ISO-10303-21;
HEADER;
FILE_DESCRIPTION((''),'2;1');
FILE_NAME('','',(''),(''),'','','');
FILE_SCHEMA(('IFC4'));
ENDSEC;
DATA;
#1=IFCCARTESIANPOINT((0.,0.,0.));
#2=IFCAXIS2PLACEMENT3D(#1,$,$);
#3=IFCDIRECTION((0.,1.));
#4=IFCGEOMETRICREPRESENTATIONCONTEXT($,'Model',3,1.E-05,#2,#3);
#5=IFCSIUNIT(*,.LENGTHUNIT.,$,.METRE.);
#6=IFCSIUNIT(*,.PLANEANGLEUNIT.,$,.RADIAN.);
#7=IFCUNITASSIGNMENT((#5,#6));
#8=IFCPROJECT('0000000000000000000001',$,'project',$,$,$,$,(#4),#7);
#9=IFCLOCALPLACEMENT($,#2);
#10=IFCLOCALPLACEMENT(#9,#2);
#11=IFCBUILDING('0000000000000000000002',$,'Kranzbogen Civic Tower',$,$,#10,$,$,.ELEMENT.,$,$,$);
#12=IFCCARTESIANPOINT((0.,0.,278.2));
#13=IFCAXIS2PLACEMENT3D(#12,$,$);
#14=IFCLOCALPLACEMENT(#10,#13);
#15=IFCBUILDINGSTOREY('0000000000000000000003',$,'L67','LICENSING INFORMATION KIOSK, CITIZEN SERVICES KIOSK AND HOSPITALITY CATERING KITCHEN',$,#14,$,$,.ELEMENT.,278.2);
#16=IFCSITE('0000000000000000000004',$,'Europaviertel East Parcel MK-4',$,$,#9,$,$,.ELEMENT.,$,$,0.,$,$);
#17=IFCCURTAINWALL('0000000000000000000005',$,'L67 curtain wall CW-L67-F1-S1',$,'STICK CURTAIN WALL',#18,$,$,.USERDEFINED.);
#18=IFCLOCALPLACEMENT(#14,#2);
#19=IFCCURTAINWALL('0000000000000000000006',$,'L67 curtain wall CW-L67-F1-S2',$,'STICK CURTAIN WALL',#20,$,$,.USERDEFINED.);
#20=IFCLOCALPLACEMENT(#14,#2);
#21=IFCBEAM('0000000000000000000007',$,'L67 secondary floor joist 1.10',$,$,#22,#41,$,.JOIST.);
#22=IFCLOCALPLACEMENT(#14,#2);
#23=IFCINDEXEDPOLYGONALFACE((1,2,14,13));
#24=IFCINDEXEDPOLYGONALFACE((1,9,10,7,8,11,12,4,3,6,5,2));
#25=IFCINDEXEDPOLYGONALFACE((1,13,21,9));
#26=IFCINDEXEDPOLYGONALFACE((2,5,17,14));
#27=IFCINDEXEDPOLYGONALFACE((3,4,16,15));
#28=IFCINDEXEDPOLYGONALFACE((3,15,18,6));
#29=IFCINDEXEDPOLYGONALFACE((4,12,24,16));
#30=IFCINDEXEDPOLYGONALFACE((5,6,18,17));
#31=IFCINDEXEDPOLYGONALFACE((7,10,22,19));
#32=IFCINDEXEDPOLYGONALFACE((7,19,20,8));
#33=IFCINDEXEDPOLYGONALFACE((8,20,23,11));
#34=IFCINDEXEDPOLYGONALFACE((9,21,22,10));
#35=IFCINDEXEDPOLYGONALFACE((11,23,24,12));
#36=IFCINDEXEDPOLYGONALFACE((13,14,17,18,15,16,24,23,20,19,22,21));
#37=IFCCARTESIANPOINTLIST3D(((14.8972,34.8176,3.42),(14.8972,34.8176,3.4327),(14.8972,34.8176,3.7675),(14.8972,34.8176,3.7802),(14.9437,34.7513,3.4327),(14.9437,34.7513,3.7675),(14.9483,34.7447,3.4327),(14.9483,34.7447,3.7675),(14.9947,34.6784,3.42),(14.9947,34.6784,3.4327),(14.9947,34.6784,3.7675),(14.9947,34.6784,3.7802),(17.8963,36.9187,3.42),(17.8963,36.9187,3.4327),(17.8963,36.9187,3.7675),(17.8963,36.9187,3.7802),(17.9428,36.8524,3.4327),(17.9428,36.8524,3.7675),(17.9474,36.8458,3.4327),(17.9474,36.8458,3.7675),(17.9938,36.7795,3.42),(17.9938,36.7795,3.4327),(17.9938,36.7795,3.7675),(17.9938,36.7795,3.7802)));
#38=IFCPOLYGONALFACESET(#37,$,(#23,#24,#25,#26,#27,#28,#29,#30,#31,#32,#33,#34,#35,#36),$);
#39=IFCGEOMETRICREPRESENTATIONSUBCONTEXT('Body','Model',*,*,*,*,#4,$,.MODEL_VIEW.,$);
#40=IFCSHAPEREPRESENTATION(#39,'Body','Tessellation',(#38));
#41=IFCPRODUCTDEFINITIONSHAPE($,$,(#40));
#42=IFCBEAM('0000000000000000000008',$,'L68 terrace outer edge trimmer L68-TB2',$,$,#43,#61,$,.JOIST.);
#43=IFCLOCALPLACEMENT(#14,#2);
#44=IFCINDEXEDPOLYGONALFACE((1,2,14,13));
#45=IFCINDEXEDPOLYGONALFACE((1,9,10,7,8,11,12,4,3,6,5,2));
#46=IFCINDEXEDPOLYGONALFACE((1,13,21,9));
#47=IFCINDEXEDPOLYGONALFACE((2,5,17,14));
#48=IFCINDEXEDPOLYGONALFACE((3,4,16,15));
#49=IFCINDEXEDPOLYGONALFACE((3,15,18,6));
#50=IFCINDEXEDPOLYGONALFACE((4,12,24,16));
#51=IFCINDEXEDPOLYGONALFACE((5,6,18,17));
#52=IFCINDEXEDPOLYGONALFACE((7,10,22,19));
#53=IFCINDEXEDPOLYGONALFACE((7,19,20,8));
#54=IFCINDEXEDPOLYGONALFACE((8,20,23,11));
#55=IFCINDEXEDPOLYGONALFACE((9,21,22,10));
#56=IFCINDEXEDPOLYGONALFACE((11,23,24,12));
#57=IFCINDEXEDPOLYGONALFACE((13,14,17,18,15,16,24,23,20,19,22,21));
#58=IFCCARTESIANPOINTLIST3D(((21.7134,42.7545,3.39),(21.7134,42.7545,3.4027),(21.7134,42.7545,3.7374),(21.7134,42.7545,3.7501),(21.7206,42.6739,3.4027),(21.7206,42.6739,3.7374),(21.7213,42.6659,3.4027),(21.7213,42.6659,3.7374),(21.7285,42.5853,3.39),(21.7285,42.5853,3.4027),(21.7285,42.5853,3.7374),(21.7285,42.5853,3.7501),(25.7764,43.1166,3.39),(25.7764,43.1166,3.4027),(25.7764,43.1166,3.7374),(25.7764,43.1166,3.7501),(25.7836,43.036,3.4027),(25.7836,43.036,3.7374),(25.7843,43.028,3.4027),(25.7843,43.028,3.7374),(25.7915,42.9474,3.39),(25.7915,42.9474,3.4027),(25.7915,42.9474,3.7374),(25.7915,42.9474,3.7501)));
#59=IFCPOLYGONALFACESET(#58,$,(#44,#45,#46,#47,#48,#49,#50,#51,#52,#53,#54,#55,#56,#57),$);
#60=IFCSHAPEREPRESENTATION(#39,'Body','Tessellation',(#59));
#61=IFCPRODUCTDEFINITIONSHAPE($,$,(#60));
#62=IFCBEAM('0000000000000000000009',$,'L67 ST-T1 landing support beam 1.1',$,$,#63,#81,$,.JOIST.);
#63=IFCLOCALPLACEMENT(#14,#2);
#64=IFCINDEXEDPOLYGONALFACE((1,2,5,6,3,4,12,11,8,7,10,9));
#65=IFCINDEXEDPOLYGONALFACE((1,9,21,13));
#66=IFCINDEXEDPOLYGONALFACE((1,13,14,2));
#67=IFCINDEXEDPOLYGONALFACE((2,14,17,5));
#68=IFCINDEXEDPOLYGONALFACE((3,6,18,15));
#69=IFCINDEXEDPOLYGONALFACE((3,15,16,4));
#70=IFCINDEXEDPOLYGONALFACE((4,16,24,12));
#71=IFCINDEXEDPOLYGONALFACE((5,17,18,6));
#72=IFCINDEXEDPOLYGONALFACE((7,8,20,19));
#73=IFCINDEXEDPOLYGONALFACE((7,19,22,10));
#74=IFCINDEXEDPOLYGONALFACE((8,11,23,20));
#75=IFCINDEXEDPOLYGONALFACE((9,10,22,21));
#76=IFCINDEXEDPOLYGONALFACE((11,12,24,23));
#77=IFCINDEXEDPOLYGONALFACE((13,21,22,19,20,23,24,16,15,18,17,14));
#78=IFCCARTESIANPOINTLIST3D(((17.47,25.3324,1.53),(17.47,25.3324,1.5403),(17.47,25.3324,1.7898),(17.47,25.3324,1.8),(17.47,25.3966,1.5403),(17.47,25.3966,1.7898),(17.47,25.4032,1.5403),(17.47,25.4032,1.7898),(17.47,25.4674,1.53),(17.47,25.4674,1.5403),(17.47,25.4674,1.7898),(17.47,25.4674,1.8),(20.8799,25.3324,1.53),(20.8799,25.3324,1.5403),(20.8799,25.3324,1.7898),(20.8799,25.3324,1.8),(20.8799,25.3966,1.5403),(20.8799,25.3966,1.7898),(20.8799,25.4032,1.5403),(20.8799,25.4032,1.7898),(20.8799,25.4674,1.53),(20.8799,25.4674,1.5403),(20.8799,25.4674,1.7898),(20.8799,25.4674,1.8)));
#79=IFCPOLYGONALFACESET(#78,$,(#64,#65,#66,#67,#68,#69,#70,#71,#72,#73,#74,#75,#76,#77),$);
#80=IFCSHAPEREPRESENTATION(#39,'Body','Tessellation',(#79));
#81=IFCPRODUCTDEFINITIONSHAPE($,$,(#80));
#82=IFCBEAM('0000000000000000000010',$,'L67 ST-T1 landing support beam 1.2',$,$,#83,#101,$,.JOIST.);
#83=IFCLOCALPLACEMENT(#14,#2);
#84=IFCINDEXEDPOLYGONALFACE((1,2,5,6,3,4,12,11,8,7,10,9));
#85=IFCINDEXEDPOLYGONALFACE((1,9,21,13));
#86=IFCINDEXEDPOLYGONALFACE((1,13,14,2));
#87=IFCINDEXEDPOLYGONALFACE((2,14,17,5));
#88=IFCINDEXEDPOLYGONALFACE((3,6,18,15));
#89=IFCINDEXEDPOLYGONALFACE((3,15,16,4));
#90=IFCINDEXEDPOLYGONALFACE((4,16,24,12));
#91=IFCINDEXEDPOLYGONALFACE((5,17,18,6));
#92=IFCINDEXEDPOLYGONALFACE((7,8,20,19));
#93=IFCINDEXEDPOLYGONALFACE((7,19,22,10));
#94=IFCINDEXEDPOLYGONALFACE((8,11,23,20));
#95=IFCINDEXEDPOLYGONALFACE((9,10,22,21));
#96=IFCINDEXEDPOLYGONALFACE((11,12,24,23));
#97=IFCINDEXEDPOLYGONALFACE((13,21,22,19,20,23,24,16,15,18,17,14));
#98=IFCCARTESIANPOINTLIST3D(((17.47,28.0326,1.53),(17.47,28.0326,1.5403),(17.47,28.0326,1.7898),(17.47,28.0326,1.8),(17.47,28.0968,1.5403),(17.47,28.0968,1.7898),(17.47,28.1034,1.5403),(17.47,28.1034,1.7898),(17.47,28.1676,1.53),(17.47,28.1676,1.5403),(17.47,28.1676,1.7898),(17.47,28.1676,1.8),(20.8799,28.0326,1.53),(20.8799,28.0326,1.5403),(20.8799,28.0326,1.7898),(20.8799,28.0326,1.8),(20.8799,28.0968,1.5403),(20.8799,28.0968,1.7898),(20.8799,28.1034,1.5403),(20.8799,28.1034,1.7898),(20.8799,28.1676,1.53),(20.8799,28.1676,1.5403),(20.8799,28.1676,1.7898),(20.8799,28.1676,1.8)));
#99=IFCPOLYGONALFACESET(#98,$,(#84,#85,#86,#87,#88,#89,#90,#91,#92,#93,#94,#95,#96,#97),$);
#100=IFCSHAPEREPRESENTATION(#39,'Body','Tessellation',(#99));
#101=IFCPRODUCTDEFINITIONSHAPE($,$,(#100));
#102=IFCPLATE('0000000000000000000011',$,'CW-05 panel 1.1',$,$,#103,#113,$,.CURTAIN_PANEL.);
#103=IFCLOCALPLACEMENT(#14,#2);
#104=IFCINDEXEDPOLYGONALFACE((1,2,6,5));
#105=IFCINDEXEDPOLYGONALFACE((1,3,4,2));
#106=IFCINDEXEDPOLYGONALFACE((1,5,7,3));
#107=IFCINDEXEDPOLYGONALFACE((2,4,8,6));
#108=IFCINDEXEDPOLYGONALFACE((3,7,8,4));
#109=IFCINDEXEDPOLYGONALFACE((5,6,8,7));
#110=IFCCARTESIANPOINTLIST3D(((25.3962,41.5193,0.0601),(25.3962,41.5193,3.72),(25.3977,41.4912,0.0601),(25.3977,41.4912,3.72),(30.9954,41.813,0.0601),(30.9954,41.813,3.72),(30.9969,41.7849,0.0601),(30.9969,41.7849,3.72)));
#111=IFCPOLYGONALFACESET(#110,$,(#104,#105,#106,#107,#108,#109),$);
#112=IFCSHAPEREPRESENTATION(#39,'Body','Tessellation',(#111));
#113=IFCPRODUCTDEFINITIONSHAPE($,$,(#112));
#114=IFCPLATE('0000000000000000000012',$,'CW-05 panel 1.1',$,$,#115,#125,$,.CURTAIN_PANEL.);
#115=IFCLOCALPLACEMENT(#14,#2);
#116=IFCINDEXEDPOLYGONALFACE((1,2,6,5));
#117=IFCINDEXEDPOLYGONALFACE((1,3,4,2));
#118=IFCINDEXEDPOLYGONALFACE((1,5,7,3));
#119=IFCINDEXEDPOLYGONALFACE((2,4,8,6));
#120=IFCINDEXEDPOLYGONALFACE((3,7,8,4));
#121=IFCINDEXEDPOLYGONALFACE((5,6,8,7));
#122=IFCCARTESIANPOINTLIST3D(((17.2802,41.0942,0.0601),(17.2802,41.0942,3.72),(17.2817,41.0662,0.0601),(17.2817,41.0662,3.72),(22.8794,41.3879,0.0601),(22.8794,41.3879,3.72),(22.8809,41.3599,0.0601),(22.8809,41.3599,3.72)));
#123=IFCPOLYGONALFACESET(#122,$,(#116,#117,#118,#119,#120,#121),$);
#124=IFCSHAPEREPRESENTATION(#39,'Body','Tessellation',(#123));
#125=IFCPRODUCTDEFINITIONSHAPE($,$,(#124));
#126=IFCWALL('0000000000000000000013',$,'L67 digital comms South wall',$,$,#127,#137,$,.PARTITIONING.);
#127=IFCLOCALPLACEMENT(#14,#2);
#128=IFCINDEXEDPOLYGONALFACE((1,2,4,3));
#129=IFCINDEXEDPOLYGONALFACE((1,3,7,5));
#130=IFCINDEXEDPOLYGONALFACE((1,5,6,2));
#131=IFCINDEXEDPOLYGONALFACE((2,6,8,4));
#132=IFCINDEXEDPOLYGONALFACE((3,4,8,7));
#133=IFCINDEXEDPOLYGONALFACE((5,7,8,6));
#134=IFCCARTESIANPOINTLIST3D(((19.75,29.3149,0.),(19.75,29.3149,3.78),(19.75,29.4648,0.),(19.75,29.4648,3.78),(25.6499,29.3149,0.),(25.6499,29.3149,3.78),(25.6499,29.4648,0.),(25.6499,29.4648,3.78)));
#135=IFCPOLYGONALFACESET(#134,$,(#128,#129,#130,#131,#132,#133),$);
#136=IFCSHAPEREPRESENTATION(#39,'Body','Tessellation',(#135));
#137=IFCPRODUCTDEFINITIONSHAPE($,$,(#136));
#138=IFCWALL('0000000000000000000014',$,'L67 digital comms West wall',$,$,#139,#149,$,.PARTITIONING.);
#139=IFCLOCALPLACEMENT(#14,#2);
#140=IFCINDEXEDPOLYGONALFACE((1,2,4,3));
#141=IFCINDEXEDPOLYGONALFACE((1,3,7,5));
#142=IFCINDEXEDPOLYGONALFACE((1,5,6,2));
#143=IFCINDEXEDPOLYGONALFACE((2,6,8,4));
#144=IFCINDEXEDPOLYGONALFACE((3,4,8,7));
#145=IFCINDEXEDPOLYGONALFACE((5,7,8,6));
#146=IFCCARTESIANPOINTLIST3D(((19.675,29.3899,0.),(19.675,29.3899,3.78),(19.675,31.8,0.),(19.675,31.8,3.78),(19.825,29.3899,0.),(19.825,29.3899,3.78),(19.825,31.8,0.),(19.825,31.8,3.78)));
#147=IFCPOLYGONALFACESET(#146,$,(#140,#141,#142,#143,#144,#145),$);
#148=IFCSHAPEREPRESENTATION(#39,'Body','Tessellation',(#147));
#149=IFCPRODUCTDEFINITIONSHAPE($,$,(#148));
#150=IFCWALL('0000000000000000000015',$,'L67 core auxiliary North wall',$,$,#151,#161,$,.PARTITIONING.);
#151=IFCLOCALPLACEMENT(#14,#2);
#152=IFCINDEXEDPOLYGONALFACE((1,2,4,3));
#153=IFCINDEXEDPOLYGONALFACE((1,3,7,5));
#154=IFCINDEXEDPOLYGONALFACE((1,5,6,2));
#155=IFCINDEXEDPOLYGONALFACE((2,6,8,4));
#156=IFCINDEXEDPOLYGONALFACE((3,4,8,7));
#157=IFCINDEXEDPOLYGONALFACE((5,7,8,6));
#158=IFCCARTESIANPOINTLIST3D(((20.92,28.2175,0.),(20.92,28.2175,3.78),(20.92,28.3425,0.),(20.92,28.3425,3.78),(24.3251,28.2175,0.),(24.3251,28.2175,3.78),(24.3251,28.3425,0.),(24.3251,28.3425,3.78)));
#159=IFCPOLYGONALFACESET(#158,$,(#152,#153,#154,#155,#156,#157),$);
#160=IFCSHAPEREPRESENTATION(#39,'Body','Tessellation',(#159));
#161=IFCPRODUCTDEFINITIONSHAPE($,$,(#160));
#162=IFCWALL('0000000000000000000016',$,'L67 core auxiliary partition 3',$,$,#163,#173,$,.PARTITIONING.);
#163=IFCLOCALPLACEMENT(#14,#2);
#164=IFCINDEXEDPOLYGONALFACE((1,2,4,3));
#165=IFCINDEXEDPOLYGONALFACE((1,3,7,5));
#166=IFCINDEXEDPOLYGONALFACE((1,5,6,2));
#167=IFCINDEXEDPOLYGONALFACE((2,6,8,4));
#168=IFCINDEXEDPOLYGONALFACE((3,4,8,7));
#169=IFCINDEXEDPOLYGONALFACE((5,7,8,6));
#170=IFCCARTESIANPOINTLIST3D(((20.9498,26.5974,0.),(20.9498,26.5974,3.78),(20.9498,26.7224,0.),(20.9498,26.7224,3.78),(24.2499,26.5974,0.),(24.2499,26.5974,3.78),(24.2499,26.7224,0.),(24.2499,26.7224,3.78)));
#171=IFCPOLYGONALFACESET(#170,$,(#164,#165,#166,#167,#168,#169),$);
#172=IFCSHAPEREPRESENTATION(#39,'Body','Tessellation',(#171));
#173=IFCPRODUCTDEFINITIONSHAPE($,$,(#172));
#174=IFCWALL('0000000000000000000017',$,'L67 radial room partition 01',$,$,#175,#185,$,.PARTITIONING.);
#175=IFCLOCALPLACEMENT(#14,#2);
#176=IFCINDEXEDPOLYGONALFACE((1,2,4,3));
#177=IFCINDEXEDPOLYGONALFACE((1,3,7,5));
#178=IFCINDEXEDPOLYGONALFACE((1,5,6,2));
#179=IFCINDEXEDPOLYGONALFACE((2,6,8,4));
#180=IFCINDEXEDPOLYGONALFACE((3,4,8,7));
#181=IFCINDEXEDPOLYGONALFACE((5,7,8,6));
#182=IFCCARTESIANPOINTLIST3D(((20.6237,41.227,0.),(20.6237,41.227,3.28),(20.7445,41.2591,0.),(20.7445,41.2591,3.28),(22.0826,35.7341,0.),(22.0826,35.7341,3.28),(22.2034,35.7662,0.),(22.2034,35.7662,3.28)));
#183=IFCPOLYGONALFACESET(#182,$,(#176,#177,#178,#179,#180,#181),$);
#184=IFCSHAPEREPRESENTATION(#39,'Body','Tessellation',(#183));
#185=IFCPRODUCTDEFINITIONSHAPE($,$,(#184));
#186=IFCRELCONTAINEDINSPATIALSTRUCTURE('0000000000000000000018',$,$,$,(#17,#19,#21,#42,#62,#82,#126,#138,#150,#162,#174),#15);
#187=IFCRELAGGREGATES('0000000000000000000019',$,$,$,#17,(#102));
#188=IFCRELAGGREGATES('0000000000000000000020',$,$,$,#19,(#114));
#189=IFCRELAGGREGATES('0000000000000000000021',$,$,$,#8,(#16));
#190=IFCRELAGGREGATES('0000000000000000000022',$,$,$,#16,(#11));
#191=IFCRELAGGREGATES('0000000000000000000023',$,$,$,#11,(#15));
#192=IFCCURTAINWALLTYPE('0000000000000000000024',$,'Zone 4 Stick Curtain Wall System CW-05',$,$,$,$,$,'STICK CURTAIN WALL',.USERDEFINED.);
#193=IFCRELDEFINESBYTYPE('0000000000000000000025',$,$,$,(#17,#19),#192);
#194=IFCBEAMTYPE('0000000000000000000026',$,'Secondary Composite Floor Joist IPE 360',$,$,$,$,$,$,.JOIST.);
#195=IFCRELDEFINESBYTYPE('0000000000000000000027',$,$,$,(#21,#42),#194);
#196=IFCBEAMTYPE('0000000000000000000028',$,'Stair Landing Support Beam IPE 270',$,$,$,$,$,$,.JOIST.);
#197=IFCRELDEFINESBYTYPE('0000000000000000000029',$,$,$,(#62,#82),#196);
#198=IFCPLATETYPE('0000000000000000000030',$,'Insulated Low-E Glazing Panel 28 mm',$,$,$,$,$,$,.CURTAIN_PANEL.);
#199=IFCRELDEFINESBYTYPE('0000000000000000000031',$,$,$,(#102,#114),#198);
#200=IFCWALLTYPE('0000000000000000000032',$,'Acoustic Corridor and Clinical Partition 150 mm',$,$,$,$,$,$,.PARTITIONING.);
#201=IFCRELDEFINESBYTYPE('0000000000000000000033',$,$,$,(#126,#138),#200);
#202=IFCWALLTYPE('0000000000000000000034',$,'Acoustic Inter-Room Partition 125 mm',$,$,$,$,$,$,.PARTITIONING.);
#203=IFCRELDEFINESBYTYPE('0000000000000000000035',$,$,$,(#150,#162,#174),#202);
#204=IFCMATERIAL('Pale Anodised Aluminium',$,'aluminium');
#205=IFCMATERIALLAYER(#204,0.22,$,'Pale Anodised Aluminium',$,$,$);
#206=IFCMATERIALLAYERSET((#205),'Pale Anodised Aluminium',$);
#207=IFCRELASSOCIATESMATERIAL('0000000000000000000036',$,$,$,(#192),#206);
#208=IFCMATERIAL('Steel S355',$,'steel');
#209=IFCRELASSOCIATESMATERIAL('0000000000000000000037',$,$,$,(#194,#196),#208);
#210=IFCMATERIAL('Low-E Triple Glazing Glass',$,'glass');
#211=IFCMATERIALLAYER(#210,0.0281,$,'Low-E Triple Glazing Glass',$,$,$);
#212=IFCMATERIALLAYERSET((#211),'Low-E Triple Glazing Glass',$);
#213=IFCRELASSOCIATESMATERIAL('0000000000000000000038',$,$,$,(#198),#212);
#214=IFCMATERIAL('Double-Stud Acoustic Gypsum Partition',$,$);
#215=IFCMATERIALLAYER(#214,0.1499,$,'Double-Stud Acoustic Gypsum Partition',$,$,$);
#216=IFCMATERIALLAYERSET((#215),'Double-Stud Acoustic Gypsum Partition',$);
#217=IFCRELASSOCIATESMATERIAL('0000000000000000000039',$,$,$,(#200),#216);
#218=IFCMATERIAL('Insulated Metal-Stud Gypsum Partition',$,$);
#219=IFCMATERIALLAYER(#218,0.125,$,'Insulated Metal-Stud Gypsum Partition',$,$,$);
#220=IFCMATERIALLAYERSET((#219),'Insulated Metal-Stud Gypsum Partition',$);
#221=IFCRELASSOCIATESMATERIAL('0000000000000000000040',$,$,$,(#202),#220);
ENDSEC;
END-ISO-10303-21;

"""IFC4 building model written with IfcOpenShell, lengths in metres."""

from ifc_helpers import new_model, si_unit, direction, frame, frame_2d, origin, origin_2d, place, context, subcontext, project, spatial, rectangle, i_section, extrude, material, layer, layer_set, material_profile, profile_set, type_object, element, aggregate, save


model = new_model("IFC4")

# Units and contexts
model_context = context("Model", 3, precision=1e-05, world=origin(), true_north=direction((0.0, 1.0)))
body_context = subcontext(model_context, "Body", "Model", "MODEL_VIEW")
ifc_project = project(units=[si_unit("LENGTHUNIT", "METRE"), si_unit("PLANEANGLEUNIT", "RADIAN")], contexts=[model_context])

# Site, building, storey
site_placement = place(None, origin())
site = spatial("IfcSite", under=ifc_project, at=site_placement, Name="Europaviertel East Parcel MK-4", CompositionType="ELEMENT", RefElevation=0.0)
building_placement = place(site_placement, origin())
building = spatial("IfcBuilding", under=site, at=building_placement, Name="Kranzbogen Civic Tower", CompositionType="ELEMENT")
storey_placement = place(building_placement, frame((0.0, 0.0, 278.2)))
storey = spatial("IfcBuildingStorey", under=building, at=storey_placement, Name="L67", Description="LICENSING INFORMATION KIOSK, CITIZEN SERVICES KIOSK AND HOSPITALITY CATERING KITCHEN", CompositionType="ELEMENT", Elevation=278.2)

# Shared definitions
ifc_material_1 = material(Name="Steel S355", Category="steel")

# Curtain wall
ifc_material_2 = material(Name="Pale Anodised Aluminium", Category="aluminium")
ifc_layer_1 = layer(ifc_material_2, 0.22, Name="Pale Anodised Aluminium")
ifc_layer_set_1 = layer_set([ifc_layer_1], Name="Pale Anodised Aluminium")
curtain_wall_type = type_object("IfcCurtainWallType", Name="Zone 4 Stick Curtain Wall System CW-05", ElementType="STICK CURTAIN WALL", PredefinedType="USERDEFINED", material=ifc_layer_set_1)
curtain_wall_1_placement = place(storey_placement, origin())
curtain_wall_1 = element("IfcCurtainWall", 1, at=curtain_wall_1_placement, inside=storey, type_object=curtain_wall_type, Name="L67 curtain wall CW-L67-F1-S1", ObjectType="STICK CURTAIN WALL", PredefinedType="USERDEFINED")

# Curtain wall
curtain_wall_2_placement = place(storey_placement, origin())
curtain_wall_2 = element("IfcCurtainWall", 2, at=curtain_wall_2_placement, inside=storey, type_object=curtain_wall_type, Name="L67 curtain wall CW-L67-F1-S2", ObjectType="STICK CURTAIN WALL", PredefinedType="USERDEFINED")

# Beams
ifc_material_profile_1 = material_profile(ifc_material_1, i_section(OverallWidth=0.1699, OverallDepth=0.3601, WebThickness=0.0081, FlangeThickness=0.0127, at=origin_2d()), Name="IPE 360")
ifc_profile_set_1 = profile_set([ifc_material_profile_1], Name="Steel S355")
beam_type_1 = type_object("IfcBeamType", Name="Secondary Composite Floor Joist IPE 360", PredefinedType="JOIST", material=ifc_profile_set_1)
beam_1_placement = place(storey_placement, frame((17.9451, 36.8491, 3.6001), z_axis=(-0.819006, -0.573784, 0.0), x_axis=(0.573784, -0.819006, 0.0)))
element("IfcBeam", 3, at=beam_1_placement, inside=storey, type_object=beam_type_1, Name="L67 secondary floor joist 1.10", PredefinedType="JOIST", context=body_context, shape_type="SweptSolid", body=[
    extrude(i_section(OverallWidth=0.1699, OverallDepth=0.3601, WebThickness=0.0081, FlangeThickness=0.0127, at=origin_2d()), origin(), (0.0, 0.0, 1.0), 3.6619),
])
beam_2_placement = place(storey_placement, frame((25.7839, 43.032, 3.5701), z_axis=(-0.996053, -0.08876, 0.0), x_axis=(0.08876, -0.996053, 0.0)))
element("IfcBeam", 4, at=beam_2_placement, inside=storey, type_object=beam_type_1, Name="L68 terrace outer edge trimmer L68-TB2", PredefinedType="JOIST", context=body_context, shape_type="SweptSolid", body=[
    extrude(i_section(OverallWidth=0.1699, OverallDepth=0.3601, WebThickness=0.0081, FlangeThickness=0.0127, at=origin_2d()), origin(), (0.0, 0.0, 1.0), 4.0791),
])
ifc_material_profile_2 = material_profile(ifc_material_1, i_section(OverallWidth=0.135, OverallDepth=0.27, WebThickness=0.0066, FlangeThickness=0.0103, at=origin_2d()), Name="IPE 270")
ifc_profile_set_2 = profile_set([ifc_material_profile_2], Name="Steel S355")
beam_type_2 = type_object("IfcBeamType", Name="Stair Landing Support Beam IPE 270", PredefinedType="JOIST", material=ifc_profile_set_2)
for number, where, z_axis, x_axis, name in (
    (5, (20.8799, 25.3999, 1.665), (-1.0, 0.0, 0.0), (0.0, -1.0, 0.0), "L67 ST-T1 landing support beam 1.1"),
    (6, (20.8799, 28.1001, 1.665), (-1.0, 0.0, 0.0), (0.0, -1.0, 0.0), "L67 ST-T1 landing support beam 1.2"),
):
    element("IfcBeam", number, at=place(storey_placement, frame(where, z_axis=z_axis, x_axis=x_axis)), inside=storey, type_object=beam_type_2, Name=name, PredefinedType="JOIST", context=body_context, shape_type="SweptSolid", body=[
        extrude(i_section(OverallWidth=0.135, OverallDepth=0.27, WebThickness=0.0066, FlangeThickness=0.0103, at=origin_2d()), origin(), (0.0, 0.0, 1.0), 3.4099),
    ])

# Plates
ifc_material_3 = material(Name="Low-E Triple Glazing Glass", Category="glass")
ifc_layer_2 = layer(ifc_material_3, 0.0281, Name="Low-E Triple Glazing Glass")
ifc_layer_set_2 = layer_set([ifc_layer_2], Name="Low-E Triple Glazing Glass")
plate_type = type_object("IfcPlateType", Name="Insulated Low-E Glazing Panel 28 mm", PredefinedType="CURTAIN_PANEL", material=ifc_layer_set_2)
plate_1_placement = place(storey_placement, frame((28.1965, 41.6521, 0.0601), z_axis=(0.0, 0.0, 1.0), x_axis=(-0.998627, -0.052385, 0.0)))
plate_1 = element("IfcPlate", 7, at=plate_1_placement, type_object=plate_type, Name="CW-05 panel 1.1", PredefinedType="CURTAIN_PANEL", context=body_context, shape_type="SweptSolid", body=[
    extrude(rectangle(XDim=5.6069, YDim=0.0281, at=origin_2d()), origin(), (0.0, 0.0, 1.0), 3.6599),
])
aggregate(curtain_wall_1, [plate_1])
plate_2_placement = place(storey_placement, frame((20.0806, 41.2271, 0.0601), z_axis=(0.0, 0.0, 1.0), x_axis=(-0.998627, -0.052385, 0.0)))
plate_2 = element("IfcPlate", 8, at=plate_2_placement, type_object=plate_type, Name="CW-05 panel 1.1", PredefinedType="CURTAIN_PANEL", context=body_context, shape_type="SweptSolid", body=[
    extrude(rectangle(XDim=5.6069, YDim=0.0281, at=origin_2d()), origin(), (0.0, 0.0, 1.0), 3.6599),
])
aggregate(curtain_wall_2, [plate_2])

# Walls
ifc_material_4 = material(Name="Double-Stud Acoustic Gypsum Partition")
ifc_layer_3 = layer(ifc_material_4, 0.1499, Name="Double-Stud Acoustic Gypsum Partition")
ifc_layer_set_3 = layer_set([ifc_layer_3], Name="Double-Stud Acoustic Gypsum Partition")
wall_type_1 = type_object("IfcWallType", Name="Acoustic Corridor and Clinical Partition 150 mm", PredefinedType="PARTITIONING", material=ifc_layer_set_3)
wall_1_placement = place(storey_placement, frame((19.75, 29.3899, 0.0), z_axis=(0.0, 0.0, 1.0), x_axis=(1.0, 0.0, 0.0)))
element("IfcWall", 9, at=wall_1_placement, inside=storey, type_object=wall_type_1, Name="L67 digital comms South wall", PredefinedType="PARTITIONING", context=body_context, shape_type="SweptSolid", body=[
    extrude(rectangle(XDim=5.8999, YDim=0.1499, at=frame_2d((2.95, 0.0))), origin(), (0.0, 0.0, 1.0), 3.78),
])
wall_2_placement = place(storey_placement, frame((19.75, 29.3899, 0.0), z_axis=(0.0, 0.0, 1.0), x_axis=(0.0, 1.0, 0.0)))
element("IfcWall", 10, at=wall_2_placement, inside=storey, type_object=wall_type_1, Name="L67 digital comms West wall", PredefinedType="PARTITIONING", context=body_context, shape_type="SweptSolid", body=[
    extrude(rectangle(XDim=2.4102, YDim=0.1499, at=frame_2d((1.2051, 0.0))), origin(), (0.0, 0.0, 1.0), 3.78),
])
ifc_material_5 = material(Name="Insulated Metal-Stud Gypsum Partition")
ifc_layer_4 = layer(ifc_material_5, 0.125, Name="Insulated Metal-Stud Gypsum Partition")
ifc_layer_set_4 = layer_set([ifc_layer_4], Name="Insulated Metal-Stud Gypsum Partition")
wall_type_2 = type_object("IfcWallType", Name="Acoustic Inter-Room Partition 125 mm", PredefinedType="PARTITIONING", material=ifc_layer_set_4)
wall_3_placement = place(storey_placement, frame((20.9199, 28.28, 0.0), z_axis=(0.0, 0.0, 1.0), x_axis=(1.0, 0.0, 0.0)))
element("IfcWall", 11, at=wall_3_placement, inside=storey, type_object=wall_type_2, Name="L67 core auxiliary North wall", PredefinedType="PARTITIONING", context=body_context, shape_type="SweptSolid", body=[
    extrude(rectangle(XDim=3.405, YDim=0.125, at=frame_2d((1.7026, 0.0))), origin(), (0.0, 0.0, 1.0), 3.78),
])
wall_4_placement = place(storey_placement, frame((20.95, 26.6599, 0.0), z_axis=(0.0, 0.0, 1.0), x_axis=(1.0, 0.0, 0.0)))
element("IfcWall", 12, at=wall_4_placement, inside=storey, type_object=wall_type_2, Name="L67 core auxiliary partition 3", PredefinedType="PARTITIONING", context=body_context, shape_type="SweptSolid", body=[
    extrude(rectangle(XDim=3.3, YDim=0.125, at=frame_2d((1.6499, 0.0))), origin(), (0.0, 0.0, 1.0), 3.78),
])
wall_5_placement = place(storey_placement, frame((22.1431, 35.75, 0.0), z_axis=(0.0, 0.0, 1.0), x_axis=(-0.256711, 0.966488, 0.0)))
element("IfcWall", 13, at=wall_5_placement, inside=storey, type_object=wall_type_2, Name="L67 radial room partition 01", PredefinedType="PARTITIONING", context=body_context, shape_type="SweptSolid", body=[
    extrude(rectangle(XDim=5.6833, YDim=0.125, at=frame_2d((2.8418, 0.0))), origin(), (0.0, 0.0, 1.0), 3.28),
])

save(model, "model.ifc")
